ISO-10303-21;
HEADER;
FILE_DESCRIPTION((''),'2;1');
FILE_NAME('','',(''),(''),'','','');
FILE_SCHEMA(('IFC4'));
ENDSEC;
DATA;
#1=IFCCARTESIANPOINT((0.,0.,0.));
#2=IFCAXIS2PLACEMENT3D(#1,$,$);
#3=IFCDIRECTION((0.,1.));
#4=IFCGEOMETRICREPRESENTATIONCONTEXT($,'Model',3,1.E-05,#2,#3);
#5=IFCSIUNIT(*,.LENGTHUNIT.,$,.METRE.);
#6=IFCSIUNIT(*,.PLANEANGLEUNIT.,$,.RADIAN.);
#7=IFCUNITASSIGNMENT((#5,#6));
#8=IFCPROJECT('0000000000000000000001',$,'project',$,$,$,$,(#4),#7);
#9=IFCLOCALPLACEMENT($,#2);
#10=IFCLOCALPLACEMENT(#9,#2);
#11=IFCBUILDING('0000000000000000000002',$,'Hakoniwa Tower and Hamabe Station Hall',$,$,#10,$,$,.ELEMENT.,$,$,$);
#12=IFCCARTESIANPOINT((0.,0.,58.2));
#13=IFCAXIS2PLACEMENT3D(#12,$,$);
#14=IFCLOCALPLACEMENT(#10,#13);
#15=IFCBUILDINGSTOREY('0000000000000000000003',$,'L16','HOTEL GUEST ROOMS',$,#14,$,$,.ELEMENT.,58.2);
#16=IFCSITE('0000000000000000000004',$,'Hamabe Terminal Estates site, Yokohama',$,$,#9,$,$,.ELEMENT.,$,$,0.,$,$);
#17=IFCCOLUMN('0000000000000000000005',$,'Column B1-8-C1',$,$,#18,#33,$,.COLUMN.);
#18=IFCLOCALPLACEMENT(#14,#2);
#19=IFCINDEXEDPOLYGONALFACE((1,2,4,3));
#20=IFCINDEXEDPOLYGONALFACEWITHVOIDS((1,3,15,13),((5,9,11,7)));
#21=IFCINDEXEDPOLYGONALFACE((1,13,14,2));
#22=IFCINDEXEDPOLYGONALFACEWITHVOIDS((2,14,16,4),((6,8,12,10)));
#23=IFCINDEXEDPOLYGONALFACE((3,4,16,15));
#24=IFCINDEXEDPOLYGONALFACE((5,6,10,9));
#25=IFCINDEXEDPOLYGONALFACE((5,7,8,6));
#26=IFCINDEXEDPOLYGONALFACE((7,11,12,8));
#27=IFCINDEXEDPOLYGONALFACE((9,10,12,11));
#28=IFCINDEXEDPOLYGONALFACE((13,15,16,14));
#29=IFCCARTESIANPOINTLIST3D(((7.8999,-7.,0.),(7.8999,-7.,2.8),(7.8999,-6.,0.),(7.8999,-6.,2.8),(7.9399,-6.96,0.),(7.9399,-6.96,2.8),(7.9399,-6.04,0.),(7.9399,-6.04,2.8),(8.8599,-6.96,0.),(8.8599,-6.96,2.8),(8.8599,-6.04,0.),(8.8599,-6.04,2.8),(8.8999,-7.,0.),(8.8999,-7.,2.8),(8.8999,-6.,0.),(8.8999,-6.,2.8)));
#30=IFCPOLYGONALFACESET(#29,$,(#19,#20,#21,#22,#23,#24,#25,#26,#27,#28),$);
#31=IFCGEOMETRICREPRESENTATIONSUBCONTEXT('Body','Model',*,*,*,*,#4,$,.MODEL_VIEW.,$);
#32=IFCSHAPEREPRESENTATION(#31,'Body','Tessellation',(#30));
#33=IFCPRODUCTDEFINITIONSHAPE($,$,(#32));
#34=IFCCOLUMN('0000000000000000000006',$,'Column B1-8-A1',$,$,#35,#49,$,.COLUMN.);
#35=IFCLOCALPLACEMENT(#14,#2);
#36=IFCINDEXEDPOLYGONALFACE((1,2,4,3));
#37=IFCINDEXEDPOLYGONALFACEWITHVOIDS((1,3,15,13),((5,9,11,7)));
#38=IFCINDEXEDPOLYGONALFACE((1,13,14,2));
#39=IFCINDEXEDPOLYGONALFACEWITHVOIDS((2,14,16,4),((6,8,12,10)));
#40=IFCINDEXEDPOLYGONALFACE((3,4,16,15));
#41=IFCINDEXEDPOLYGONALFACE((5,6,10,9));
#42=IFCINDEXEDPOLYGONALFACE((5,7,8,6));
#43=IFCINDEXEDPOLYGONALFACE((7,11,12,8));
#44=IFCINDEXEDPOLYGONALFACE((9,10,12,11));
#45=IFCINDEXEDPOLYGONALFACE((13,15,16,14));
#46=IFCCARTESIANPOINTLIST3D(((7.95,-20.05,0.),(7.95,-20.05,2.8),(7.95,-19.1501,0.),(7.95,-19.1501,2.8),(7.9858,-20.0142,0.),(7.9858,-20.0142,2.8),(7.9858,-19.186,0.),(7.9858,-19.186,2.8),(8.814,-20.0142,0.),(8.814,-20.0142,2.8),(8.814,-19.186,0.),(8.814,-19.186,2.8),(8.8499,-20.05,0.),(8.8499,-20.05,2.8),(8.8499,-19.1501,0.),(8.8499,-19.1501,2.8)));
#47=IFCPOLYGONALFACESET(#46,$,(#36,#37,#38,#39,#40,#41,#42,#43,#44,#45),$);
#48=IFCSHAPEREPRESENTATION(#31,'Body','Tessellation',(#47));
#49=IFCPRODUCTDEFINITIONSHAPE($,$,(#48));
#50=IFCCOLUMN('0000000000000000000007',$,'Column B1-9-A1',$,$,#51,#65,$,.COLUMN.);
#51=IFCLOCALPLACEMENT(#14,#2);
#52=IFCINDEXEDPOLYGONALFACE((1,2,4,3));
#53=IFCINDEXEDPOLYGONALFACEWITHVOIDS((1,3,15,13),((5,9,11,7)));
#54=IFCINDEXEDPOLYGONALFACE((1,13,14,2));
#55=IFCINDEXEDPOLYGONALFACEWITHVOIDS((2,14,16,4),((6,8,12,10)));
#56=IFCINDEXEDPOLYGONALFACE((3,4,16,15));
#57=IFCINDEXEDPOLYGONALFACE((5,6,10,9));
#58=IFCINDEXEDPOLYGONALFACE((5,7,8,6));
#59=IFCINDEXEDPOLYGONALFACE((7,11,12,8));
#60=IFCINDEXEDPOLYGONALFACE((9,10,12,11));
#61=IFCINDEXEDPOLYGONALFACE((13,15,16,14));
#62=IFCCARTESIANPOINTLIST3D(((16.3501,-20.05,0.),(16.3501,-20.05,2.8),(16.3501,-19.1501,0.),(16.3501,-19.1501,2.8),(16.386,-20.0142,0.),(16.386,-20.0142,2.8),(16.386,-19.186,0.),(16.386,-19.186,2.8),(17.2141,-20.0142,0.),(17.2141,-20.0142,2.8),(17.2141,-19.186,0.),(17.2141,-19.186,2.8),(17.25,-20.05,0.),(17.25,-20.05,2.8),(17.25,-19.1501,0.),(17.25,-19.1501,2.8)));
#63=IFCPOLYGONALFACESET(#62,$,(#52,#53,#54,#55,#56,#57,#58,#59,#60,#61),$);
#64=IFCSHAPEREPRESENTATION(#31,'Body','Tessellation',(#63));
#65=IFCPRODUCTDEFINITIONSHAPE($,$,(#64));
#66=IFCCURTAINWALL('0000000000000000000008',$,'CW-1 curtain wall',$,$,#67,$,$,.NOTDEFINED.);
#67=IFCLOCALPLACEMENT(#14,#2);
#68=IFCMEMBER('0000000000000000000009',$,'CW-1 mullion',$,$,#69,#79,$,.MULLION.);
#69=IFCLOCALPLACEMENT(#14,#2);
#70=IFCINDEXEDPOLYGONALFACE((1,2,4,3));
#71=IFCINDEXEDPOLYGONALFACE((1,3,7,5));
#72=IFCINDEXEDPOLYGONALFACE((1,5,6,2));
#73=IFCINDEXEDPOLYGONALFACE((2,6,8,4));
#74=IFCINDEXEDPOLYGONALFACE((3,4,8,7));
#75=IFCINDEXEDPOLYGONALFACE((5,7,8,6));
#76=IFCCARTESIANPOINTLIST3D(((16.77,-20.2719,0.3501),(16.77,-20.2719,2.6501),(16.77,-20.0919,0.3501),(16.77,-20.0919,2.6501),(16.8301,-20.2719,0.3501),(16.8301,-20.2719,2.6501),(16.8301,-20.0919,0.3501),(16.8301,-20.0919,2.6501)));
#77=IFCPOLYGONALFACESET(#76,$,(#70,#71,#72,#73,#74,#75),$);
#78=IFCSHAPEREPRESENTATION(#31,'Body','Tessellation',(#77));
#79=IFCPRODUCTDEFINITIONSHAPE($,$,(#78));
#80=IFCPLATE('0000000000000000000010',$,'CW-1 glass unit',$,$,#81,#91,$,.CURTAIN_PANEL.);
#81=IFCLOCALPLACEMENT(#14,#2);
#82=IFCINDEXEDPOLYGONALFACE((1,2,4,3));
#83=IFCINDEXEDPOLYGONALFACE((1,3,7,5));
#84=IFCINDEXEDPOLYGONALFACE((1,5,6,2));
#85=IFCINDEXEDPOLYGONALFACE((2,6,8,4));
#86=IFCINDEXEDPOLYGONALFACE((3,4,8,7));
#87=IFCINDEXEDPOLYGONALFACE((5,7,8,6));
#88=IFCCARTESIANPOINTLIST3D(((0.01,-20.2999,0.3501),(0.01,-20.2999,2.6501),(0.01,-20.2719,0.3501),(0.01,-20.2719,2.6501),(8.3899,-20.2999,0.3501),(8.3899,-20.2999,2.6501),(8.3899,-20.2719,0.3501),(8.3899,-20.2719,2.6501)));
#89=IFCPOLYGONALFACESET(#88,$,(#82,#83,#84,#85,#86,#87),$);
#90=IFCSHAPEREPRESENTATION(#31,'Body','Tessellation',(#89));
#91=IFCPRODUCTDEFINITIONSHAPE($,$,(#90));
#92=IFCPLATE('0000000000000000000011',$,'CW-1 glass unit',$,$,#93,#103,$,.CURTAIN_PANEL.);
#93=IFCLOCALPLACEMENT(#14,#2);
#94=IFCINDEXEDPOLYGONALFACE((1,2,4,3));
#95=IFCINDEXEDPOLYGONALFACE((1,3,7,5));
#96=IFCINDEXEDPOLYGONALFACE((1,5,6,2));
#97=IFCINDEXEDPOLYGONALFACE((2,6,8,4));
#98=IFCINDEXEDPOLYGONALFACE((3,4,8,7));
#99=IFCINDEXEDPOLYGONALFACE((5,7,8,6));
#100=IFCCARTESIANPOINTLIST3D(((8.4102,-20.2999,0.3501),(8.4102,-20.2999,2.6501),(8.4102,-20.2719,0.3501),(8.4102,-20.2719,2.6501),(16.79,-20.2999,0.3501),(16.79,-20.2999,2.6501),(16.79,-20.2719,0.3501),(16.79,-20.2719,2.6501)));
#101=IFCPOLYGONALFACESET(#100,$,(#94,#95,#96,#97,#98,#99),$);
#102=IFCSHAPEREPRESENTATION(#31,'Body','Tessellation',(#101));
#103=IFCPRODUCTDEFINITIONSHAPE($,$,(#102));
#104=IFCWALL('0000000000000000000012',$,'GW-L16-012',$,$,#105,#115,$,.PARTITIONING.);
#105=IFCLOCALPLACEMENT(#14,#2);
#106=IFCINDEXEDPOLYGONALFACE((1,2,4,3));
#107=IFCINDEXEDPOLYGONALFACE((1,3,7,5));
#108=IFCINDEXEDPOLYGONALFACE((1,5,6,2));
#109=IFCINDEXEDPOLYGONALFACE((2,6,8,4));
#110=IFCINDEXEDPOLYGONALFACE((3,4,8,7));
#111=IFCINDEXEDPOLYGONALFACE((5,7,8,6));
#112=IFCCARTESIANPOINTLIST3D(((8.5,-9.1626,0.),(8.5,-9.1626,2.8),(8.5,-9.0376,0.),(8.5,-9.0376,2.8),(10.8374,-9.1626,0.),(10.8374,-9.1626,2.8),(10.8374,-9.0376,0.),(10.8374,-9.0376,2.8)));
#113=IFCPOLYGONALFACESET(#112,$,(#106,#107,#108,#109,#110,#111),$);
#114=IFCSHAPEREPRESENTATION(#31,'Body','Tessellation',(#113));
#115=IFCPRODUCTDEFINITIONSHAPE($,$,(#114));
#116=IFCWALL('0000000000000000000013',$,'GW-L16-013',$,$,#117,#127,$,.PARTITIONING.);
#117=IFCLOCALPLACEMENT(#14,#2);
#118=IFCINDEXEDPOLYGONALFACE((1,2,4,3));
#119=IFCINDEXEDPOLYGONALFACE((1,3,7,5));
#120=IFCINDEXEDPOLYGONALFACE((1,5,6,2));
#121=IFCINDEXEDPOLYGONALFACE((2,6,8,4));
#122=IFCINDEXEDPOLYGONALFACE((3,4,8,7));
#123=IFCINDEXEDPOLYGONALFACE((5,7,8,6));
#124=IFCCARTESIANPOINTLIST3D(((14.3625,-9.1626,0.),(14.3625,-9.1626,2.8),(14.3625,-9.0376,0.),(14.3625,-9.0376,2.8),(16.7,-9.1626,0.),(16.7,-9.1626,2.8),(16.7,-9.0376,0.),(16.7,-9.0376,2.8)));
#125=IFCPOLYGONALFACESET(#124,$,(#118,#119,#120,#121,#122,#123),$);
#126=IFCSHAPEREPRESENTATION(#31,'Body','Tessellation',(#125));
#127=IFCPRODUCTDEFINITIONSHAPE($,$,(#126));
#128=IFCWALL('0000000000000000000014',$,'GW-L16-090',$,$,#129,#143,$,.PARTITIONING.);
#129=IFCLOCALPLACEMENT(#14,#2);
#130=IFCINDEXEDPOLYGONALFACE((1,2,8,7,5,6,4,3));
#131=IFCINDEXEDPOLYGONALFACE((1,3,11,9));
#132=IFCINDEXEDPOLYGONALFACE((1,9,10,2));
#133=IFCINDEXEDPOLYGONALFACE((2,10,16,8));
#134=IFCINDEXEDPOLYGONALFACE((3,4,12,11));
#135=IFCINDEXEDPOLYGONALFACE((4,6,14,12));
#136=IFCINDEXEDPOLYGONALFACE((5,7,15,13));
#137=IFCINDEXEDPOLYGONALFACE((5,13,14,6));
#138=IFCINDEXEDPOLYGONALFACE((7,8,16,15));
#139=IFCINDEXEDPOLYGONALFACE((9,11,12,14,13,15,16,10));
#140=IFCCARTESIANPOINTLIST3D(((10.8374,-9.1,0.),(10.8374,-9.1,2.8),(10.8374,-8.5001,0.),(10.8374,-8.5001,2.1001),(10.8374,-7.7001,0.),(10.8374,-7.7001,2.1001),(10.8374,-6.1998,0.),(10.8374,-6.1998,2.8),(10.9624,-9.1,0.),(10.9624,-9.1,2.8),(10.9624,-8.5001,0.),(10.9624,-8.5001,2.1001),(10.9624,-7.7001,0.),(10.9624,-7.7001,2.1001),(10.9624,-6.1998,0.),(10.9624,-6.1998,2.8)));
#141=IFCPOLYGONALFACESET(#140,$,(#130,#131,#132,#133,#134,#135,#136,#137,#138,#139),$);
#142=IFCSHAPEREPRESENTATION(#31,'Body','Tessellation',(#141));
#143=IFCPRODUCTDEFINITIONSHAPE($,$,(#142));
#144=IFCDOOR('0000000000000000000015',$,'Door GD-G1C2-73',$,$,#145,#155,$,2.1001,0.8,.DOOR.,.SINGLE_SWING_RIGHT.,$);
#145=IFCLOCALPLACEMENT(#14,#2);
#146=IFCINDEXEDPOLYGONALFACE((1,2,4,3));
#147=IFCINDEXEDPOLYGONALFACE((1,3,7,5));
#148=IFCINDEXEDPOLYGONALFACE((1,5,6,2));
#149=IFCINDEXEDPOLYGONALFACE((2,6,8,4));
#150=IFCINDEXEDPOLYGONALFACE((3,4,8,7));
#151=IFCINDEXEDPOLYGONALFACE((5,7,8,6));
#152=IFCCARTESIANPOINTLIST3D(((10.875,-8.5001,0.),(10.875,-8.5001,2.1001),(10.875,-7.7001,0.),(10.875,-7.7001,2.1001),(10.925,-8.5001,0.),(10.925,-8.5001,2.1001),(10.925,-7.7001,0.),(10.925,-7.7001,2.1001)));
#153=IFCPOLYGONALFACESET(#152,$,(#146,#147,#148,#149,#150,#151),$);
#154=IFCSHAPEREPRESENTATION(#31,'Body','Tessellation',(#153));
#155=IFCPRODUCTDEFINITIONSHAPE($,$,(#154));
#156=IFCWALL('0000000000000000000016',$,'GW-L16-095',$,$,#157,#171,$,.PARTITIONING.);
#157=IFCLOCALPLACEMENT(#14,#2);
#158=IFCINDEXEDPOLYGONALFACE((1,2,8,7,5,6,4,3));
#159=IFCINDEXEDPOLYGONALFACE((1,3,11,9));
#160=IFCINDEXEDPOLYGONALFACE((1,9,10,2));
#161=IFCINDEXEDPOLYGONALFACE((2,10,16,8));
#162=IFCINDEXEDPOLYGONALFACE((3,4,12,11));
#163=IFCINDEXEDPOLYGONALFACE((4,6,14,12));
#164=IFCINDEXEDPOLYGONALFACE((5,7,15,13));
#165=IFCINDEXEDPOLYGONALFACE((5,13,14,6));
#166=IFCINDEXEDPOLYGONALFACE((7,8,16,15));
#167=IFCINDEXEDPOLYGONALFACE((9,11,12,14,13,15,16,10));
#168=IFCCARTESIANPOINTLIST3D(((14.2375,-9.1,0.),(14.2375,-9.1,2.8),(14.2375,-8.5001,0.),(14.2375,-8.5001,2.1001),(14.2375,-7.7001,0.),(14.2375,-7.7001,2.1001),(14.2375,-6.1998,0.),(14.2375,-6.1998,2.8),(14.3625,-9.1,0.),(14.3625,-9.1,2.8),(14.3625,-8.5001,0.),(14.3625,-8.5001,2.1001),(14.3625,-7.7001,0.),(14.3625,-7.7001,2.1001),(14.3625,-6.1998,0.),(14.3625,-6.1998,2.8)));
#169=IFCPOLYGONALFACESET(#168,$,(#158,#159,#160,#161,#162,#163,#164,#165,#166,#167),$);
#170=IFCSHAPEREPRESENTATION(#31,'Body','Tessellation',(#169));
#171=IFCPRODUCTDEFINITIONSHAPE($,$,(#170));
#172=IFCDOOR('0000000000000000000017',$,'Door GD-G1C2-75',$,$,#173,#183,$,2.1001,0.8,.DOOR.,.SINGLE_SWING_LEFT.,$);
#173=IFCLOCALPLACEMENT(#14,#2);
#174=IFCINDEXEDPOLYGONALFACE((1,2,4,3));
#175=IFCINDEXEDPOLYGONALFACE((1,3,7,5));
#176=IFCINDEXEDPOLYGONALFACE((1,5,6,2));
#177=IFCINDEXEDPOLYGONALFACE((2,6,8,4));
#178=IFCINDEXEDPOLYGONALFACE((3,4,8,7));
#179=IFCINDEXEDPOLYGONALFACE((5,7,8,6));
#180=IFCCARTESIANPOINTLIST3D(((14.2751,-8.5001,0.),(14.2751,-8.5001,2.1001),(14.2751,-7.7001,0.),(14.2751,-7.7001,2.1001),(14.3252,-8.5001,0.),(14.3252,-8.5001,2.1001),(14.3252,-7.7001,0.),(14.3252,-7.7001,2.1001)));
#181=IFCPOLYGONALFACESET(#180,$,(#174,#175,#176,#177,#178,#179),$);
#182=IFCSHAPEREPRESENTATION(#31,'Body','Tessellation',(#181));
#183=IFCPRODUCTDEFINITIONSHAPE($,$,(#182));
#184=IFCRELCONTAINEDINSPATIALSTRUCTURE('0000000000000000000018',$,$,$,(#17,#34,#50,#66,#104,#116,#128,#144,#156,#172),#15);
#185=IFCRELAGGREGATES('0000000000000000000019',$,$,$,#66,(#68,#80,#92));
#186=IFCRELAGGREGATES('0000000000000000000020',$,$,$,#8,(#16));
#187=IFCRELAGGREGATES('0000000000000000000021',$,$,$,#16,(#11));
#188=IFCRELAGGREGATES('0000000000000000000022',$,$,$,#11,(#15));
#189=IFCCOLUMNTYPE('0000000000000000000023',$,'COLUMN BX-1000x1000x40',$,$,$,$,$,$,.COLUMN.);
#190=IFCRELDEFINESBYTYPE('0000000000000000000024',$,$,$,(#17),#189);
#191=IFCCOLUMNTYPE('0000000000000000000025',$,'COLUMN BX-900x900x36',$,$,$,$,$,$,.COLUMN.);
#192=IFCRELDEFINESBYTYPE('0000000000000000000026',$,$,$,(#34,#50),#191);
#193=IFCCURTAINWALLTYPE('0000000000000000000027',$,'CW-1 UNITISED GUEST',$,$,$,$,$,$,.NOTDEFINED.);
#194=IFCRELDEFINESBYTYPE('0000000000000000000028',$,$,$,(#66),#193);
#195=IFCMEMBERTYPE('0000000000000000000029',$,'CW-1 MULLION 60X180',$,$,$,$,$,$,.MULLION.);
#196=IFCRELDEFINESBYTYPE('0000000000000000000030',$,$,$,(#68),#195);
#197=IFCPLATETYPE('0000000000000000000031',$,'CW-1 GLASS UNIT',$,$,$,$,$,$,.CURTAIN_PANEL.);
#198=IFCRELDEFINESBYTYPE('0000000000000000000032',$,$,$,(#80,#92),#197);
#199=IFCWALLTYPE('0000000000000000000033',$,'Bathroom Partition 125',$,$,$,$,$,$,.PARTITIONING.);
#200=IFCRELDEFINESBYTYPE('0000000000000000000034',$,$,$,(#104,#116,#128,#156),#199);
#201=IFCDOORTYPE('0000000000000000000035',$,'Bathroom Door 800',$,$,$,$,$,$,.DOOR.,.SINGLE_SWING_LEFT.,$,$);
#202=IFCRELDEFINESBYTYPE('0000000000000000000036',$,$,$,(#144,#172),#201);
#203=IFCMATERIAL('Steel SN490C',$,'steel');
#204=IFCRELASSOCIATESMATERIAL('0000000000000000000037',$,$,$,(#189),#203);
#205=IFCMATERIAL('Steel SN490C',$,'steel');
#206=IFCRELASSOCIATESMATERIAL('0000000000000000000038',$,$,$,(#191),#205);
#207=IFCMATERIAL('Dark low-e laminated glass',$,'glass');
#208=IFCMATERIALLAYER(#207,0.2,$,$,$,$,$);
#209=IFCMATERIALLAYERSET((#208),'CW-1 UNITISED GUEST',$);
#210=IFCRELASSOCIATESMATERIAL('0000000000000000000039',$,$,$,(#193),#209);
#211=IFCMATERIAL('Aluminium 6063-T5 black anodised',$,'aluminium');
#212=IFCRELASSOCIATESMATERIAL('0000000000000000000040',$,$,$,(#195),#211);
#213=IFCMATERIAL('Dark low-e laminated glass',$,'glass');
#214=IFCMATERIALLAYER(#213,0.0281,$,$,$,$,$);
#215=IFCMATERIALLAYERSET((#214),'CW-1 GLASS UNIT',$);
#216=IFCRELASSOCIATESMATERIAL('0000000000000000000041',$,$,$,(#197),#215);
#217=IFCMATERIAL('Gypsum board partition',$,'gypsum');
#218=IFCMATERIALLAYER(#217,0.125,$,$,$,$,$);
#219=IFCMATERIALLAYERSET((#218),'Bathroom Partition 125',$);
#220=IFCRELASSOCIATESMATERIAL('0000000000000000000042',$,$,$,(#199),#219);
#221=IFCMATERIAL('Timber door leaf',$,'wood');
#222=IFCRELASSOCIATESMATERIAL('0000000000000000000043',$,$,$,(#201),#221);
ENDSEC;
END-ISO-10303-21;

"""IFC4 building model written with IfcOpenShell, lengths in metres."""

from ifc_helpers import new_model, si_unit, direction, frame, frame_2d, origin, origin_2d, place, context, subcontext, project, spatial, rectangle, hollow_rectangle, extrude, material, layer, layer_set, material_profile, profile_set, type_object, element, fill, aggregate, save


model = new_model("IFC4")

# Units and contexts
model_context = context("Model", 3, precision=1e-05, world=origin(), true_north=direction((0.0, 1.0)))
body_context = subcontext(model_context, "Body", "Model", "MODEL_VIEW")
ifc_project = project(units=[si_unit("LENGTHUNIT", "METRE"), si_unit("PLANEANGLEUNIT", "RADIAN")], contexts=[model_context])

# Site, building, storey
site_placement = place(None, origin())
site = spatial("IfcSite", under=ifc_project, at=site_placement, Name="Hamabe Terminal Estates site, Yokohama", CompositionType="ELEMENT", RefElevation=0.0)
building_placement = place(site_placement, origin())
building = spatial("IfcBuilding", under=site, at=building_placement, Name="Hakoniwa Tower and Hamabe Station Hall", CompositionType="ELEMENT")
storey_placement = place(building_placement, frame((0.0, 0.0, 58.2)))
storey = spatial("IfcBuildingStorey", under=building, at=storey_placement, Name="L16", Description="HOTEL GUEST ROOMS", CompositionType="ELEMENT", Elevation=58.2)

# Columns
ifc_material_1 = material(Name="Steel SN490C", Category="steel")
ifc_material_profile_1 = material_profile(ifc_material_1, hollow_rectangle(XDim=1.0, YDim=1.0, WallThickness=0.04, at=origin_2d()), Name="BX-1000x1000x40")
ifc_profile_set_1 = profile_set([ifc_material_profile_1], Name="Steel SN490C")
column_type_1 = type_object("IfcColumnType", Name="COLUMN BX-1000x1000x40", PredefinedType="COLUMN", material=ifc_profile_set_1)
column_placement = place(storey_placement, frame((8.3999, -6.5, 0.0), z_axis=(0.0, 0.0, 1.0), x_axis=(1.0, 0.0, 0.0)))
element("IfcColumn", 1, at=column_placement, inside=storey, type_object=column_type_1, Name="Column B1-8-C1", PredefinedType="COLUMN", context=body_context, shape_type="SweptSolid", body=[
    extrude(hollow_rectangle(XDim=1.0, YDim=1.0, WallThickness=0.04, at=origin_2d()), origin(), (0.0, 0.0, 1.0), 2.8),
])
ifc_material_2 = material(Name="Steel SN490C", Category="steel")
ifc_material_profile_2 = material_profile(ifc_material_2, hollow_rectangle(XDim=0.8999, YDim=0.8999, WallThickness=0.0359, at=origin_2d()), Name="BX-900x900x36")
ifc_profile_set_2 = profile_set([ifc_material_profile_2], Name="Steel SN490C")
column_type_2 = type_object("IfcColumnType", Name="COLUMN BX-900x900x36", PredefinedType="COLUMN", material=ifc_profile_set_2)
for number, where, z_axis, x_axis, name in (
    (2, (8.3999, -19.6001, 0.0), (0.0, 0.0, 1.0), (1.0, 0.0, 0.0), "Column B1-8-A1"),
    (3, (16.8, -19.6001, 0.0), (0.0, 0.0, 1.0), (1.0, 0.0, 0.0), "Column B1-9-A1"),
):
    element("IfcColumn", number, at=place(storey_placement, frame(where, z_axis=z_axis, x_axis=x_axis)), inside=storey, type_object=column_type_2, Name=name, PredefinedType="COLUMN", context=body_context, shape_type="SweptSolid", body=[
        extrude(hollow_rectangle(XDim=0.8999, YDim=0.8999, WallThickness=0.0359, at=origin_2d()), origin(), (0.0, 0.0, 1.0), 2.8),
    ])

# Curtain wall, member, plates
ifc_material_3 = material(Name="Dark low-e laminated glass", Category="glass")
ifc_layer_1 = layer(ifc_material_3, 0.2)
ifc_layer_set_1 = layer_set([ifc_layer_1], Name="CW-1 UNITISED GUEST")
curtain_wall_type = type_object("IfcCurtainWallType", Name="CW-1 UNITISED GUEST", PredefinedType="NOTDEFINED", material=ifc_layer_set_1)
curtain_wall_placement = place(storey_placement, origin())
curtain_wall = element("IfcCurtainWall", 4, at=curtain_wall_placement, inside=storey, type_object=curtain_wall_type, Name="CW-1 curtain wall", PredefinedType="NOTDEFINED")
ifc_material_4 = material(Name="Aluminium 6063-T5 black anodised", Category="aluminium")
ifc_material_profile_3 = material_profile(ifc_material_4, rectangle(XDim=0.0601, YDim=0.1799, at=origin_2d()), Name="CW-1 MULLION 60X180")
ifc_profile_set_3 = profile_set([ifc_material_profile_3], Name="Aluminium 6063-T5 black anodised")
member_type = type_object("IfcMemberType", Name="CW-1 MULLION 60X180", PredefinedType="MULLION", material=ifc_profile_set_3)
member_placement = place(storey_placement, frame((16.8, -20.1819, 0.3501), z_axis=(0.0, 0.0, 1.0), x_axis=(1.0, 0.0, 0.0)))
member = element("IfcMember", 5, at=member_placement, type_object=member_type, Name="CW-1 mullion", PredefinedType="MULLION", context=body_context, shape_type="SweptSolid", body=[
    extrude(rectangle(XDim=0.0601, YDim=0.1799, at=origin_2d()), origin(), (0.0, 0.0, 1.0), 2.3),
])
ifc_material_5 = material(Name="Dark low-e laminated glass", Category="glass")
ifc_layer_2 = layer(ifc_material_5, 0.0281)
ifc_layer_set_2 = layer_set([ifc_layer_2], Name="CW-1 GLASS UNIT")
plate_type = type_object("IfcPlateType", Name="CW-1 GLASS UNIT", PredefinedType="CURTAIN_PANEL", material=ifc_layer_set_2)
plate_1_placement = place(storey_placement, frame((4.2, -20.2859, 0.3501), z_axis=(0.0, 0.0, 1.0), x_axis=(1.0, 0.0, 0.0)))
plate_1 = element("IfcPlate", 6, at=plate_1_placement, type_object=plate_type, Name="CW-1 glass unit", PredefinedType="CURTAIN_PANEL", context=body_context, shape_type="SweptSolid", body=[
    extrude(rectangle(XDim=8.3799, YDim=0.0281, at=origin_2d()), origin(), (0.0, 0.0, 1.0), 2.3),
])
plate_2_placement = place(storey_placement, frame((12.6001, -20.2859, 0.3501), z_axis=(0.0, 0.0, 1.0), x_axis=(1.0, 0.0, 0.0)))
plate_2 = element("IfcPlate", 7, at=plate_2_placement, type_object=plate_type, Name="CW-1 glass unit", PredefinedType="CURTAIN_PANEL", context=body_context, shape_type="SweptSolid", body=[
    extrude(rectangle(XDim=8.3799, YDim=0.0281, at=origin_2d()), origin(), (0.0, 0.0, 1.0), 2.3),
])
aggregate(curtain_wall, [member, plate_1, plate_2])

# Walls
ifc_material_6 = material(Name="Gypsum board partition", Category="gypsum")
ifc_layer_3 = layer(ifc_material_6, 0.125)
ifc_layer_set_3 = layer_set([ifc_layer_3], Name="Bathroom Partition 125")
wall_type_1 = type_object("IfcWallType", Name="Bathroom Partition 125", PredefinedType="PARTITIONING", material=ifc_layer_set_3)
for number, where, z_axis, x_axis, name in (
    (8, (8.5, -9.1001, 0.0), (0.0, 0.0, 1.0), (1.0, 0.0, 0.0), "GW-L16-012"),
    (9, (14.3625, -9.1001, 0.0), (0.0, 0.0, 1.0), (1.0, 0.0, 0.0), "GW-L16-013"),
):
    element("IfcWall", number, at=place(storey_placement, frame(where, z_axis=z_axis, x_axis=x_axis)), inside=storey, type_object=wall_type_1, Name=name, PredefinedType="PARTITIONING", context=body_context, shape_type="SweptSolid", body=[
        extrude(rectangle(XDim=2.3374, YDim=0.125, at=frame_2d((1.1687, 0.0))), origin(), (0.0, 0.0, 1.0), 2.8),
    ])

# Walls, openings, doors
wall_1_placement = place(storey_placement, frame((10.8999, -9.1001, 0.0), z_axis=(0.0, 0.0, 1.0), x_axis=(0.0, 1.0, 0.0)))
wall_1 = element("IfcWall", 10, at=wall_1_placement, inside=storey, type_object=wall_type_1, Name="GW-L16-090", PredefinedType="PARTITIONING", context=body_context, shape_type="SweptSolid", body=[
    extrude(rectangle(XDim=2.9001, YDim=0.125, at=frame_2d((1.4502, 0.0))), origin(), (0.0, 0.0, 1.0), 2.8),
])
opening_1_placement = place(wall_1_placement, frame((0.6001, 0.0, 0.0)))
opening_1 = element("IfcOpeningElement", 11, at=opening_1_placement, cuts=wall_1, PredefinedType="OPENING", context=body_context, shape_type="SweptSolid", body=[
    extrude(rectangle(XDim=0.8, YDim=2.1001, at=frame_2d((0.3999, 1.05))), frame((0.0, 0.0725, 0.0), z_axis=(0.0, -1.0, 0.0), x_axis=(1.0, 0.0, 0.0)), (0.0, 0.0, 1.0), 0.145),
])
ifc_material_7 = material(Name="Timber door leaf", Category="wood")
door_type = type_object("IfcDoorType", Name="Bathroom Door 800", OperationType="SINGLE_SWING_LEFT", PredefinedType="DOOR", material=ifc_material_7)
door_1_placement = place(opening_1_placement, origin())
door_1 = element("IfcDoor", 12, at=door_1_placement, inside=storey, type_object=door_type, Name="Door GD-G1C2-73", OperationType="SINGLE_SWING_RIGHT", OverallHeight=2.1001, OverallWidth=0.8, PredefinedType="DOOR", context=body_context, shape_type="SweptSolid", body=[
    extrude(rectangle(XDim=0.8, YDim=2.1001, at=frame_2d((0.3999, 1.05))), frame((0.0, 0.0249, 0.0), z_axis=(0.0, -1.0, 0.0), x_axis=(1.0, 0.0, 0.0)), (0.0, 0.0, 1.0), 0.05),
])
fill(opening_1, door_1)
wall_2_placement = place(storey_placement, frame((14.3, -9.1001, 0.0), z_axis=(0.0, 0.0, 1.0), x_axis=(0.0, 1.0, 0.0)))
wall_2 = element("IfcWall", 13, at=wall_2_placement, inside=storey, type_object=wall_type_1, Name="GW-L16-095", PredefinedType="PARTITIONING", context=body_context, shape_type="SweptSolid", body=[
    extrude(rectangle(XDim=2.9001, YDim=0.125, at=frame_2d((1.4502, 0.0))), origin(), (0.0, 0.0, 1.0), 2.8),
])
opening_2_placement = place(wall_2_placement, frame((0.6001, 0.0, 0.0)))
opening_2 = element("IfcOpeningElement", 14, at=opening_2_placement, cuts=wall_2, PredefinedType="OPENING", context=body_context, shape_type="SweptSolid", body=[
    extrude(rectangle(XDim=0.8, YDim=2.1001, at=frame_2d((0.3999, 1.05))), frame((0.0, 0.0725, 0.0), z_axis=(0.0, -1.0, 0.0), x_axis=(1.0, 0.0, 0.0)), (0.0, 0.0, 1.0), 0.145),
])
door_2_placement = place(opening_2_placement, origin())
door_2 = element("IfcDoor", 15, at=door_2_placement, inside=storey, type_object=door_type, Name="Door GD-G1C2-75", OperationType="SINGLE_SWING_LEFT", OverallHeight=2.1001, OverallWidth=0.8, PredefinedType="DOOR", context=body_context, shape_type="SweptSolid", body=[
    extrude(rectangle(XDim=0.8, YDim=2.1001, at=frame_2d((0.3999, 1.05))), frame((0.0, 0.0249, 0.0), z_axis=(0.0, -1.0, 0.0), x_axis=(1.0, 0.0, 0.0)), (0.0, 0.0, 1.0), 0.05),
])
fill(opening_2, door_2)

save(model, "model.ifc")
